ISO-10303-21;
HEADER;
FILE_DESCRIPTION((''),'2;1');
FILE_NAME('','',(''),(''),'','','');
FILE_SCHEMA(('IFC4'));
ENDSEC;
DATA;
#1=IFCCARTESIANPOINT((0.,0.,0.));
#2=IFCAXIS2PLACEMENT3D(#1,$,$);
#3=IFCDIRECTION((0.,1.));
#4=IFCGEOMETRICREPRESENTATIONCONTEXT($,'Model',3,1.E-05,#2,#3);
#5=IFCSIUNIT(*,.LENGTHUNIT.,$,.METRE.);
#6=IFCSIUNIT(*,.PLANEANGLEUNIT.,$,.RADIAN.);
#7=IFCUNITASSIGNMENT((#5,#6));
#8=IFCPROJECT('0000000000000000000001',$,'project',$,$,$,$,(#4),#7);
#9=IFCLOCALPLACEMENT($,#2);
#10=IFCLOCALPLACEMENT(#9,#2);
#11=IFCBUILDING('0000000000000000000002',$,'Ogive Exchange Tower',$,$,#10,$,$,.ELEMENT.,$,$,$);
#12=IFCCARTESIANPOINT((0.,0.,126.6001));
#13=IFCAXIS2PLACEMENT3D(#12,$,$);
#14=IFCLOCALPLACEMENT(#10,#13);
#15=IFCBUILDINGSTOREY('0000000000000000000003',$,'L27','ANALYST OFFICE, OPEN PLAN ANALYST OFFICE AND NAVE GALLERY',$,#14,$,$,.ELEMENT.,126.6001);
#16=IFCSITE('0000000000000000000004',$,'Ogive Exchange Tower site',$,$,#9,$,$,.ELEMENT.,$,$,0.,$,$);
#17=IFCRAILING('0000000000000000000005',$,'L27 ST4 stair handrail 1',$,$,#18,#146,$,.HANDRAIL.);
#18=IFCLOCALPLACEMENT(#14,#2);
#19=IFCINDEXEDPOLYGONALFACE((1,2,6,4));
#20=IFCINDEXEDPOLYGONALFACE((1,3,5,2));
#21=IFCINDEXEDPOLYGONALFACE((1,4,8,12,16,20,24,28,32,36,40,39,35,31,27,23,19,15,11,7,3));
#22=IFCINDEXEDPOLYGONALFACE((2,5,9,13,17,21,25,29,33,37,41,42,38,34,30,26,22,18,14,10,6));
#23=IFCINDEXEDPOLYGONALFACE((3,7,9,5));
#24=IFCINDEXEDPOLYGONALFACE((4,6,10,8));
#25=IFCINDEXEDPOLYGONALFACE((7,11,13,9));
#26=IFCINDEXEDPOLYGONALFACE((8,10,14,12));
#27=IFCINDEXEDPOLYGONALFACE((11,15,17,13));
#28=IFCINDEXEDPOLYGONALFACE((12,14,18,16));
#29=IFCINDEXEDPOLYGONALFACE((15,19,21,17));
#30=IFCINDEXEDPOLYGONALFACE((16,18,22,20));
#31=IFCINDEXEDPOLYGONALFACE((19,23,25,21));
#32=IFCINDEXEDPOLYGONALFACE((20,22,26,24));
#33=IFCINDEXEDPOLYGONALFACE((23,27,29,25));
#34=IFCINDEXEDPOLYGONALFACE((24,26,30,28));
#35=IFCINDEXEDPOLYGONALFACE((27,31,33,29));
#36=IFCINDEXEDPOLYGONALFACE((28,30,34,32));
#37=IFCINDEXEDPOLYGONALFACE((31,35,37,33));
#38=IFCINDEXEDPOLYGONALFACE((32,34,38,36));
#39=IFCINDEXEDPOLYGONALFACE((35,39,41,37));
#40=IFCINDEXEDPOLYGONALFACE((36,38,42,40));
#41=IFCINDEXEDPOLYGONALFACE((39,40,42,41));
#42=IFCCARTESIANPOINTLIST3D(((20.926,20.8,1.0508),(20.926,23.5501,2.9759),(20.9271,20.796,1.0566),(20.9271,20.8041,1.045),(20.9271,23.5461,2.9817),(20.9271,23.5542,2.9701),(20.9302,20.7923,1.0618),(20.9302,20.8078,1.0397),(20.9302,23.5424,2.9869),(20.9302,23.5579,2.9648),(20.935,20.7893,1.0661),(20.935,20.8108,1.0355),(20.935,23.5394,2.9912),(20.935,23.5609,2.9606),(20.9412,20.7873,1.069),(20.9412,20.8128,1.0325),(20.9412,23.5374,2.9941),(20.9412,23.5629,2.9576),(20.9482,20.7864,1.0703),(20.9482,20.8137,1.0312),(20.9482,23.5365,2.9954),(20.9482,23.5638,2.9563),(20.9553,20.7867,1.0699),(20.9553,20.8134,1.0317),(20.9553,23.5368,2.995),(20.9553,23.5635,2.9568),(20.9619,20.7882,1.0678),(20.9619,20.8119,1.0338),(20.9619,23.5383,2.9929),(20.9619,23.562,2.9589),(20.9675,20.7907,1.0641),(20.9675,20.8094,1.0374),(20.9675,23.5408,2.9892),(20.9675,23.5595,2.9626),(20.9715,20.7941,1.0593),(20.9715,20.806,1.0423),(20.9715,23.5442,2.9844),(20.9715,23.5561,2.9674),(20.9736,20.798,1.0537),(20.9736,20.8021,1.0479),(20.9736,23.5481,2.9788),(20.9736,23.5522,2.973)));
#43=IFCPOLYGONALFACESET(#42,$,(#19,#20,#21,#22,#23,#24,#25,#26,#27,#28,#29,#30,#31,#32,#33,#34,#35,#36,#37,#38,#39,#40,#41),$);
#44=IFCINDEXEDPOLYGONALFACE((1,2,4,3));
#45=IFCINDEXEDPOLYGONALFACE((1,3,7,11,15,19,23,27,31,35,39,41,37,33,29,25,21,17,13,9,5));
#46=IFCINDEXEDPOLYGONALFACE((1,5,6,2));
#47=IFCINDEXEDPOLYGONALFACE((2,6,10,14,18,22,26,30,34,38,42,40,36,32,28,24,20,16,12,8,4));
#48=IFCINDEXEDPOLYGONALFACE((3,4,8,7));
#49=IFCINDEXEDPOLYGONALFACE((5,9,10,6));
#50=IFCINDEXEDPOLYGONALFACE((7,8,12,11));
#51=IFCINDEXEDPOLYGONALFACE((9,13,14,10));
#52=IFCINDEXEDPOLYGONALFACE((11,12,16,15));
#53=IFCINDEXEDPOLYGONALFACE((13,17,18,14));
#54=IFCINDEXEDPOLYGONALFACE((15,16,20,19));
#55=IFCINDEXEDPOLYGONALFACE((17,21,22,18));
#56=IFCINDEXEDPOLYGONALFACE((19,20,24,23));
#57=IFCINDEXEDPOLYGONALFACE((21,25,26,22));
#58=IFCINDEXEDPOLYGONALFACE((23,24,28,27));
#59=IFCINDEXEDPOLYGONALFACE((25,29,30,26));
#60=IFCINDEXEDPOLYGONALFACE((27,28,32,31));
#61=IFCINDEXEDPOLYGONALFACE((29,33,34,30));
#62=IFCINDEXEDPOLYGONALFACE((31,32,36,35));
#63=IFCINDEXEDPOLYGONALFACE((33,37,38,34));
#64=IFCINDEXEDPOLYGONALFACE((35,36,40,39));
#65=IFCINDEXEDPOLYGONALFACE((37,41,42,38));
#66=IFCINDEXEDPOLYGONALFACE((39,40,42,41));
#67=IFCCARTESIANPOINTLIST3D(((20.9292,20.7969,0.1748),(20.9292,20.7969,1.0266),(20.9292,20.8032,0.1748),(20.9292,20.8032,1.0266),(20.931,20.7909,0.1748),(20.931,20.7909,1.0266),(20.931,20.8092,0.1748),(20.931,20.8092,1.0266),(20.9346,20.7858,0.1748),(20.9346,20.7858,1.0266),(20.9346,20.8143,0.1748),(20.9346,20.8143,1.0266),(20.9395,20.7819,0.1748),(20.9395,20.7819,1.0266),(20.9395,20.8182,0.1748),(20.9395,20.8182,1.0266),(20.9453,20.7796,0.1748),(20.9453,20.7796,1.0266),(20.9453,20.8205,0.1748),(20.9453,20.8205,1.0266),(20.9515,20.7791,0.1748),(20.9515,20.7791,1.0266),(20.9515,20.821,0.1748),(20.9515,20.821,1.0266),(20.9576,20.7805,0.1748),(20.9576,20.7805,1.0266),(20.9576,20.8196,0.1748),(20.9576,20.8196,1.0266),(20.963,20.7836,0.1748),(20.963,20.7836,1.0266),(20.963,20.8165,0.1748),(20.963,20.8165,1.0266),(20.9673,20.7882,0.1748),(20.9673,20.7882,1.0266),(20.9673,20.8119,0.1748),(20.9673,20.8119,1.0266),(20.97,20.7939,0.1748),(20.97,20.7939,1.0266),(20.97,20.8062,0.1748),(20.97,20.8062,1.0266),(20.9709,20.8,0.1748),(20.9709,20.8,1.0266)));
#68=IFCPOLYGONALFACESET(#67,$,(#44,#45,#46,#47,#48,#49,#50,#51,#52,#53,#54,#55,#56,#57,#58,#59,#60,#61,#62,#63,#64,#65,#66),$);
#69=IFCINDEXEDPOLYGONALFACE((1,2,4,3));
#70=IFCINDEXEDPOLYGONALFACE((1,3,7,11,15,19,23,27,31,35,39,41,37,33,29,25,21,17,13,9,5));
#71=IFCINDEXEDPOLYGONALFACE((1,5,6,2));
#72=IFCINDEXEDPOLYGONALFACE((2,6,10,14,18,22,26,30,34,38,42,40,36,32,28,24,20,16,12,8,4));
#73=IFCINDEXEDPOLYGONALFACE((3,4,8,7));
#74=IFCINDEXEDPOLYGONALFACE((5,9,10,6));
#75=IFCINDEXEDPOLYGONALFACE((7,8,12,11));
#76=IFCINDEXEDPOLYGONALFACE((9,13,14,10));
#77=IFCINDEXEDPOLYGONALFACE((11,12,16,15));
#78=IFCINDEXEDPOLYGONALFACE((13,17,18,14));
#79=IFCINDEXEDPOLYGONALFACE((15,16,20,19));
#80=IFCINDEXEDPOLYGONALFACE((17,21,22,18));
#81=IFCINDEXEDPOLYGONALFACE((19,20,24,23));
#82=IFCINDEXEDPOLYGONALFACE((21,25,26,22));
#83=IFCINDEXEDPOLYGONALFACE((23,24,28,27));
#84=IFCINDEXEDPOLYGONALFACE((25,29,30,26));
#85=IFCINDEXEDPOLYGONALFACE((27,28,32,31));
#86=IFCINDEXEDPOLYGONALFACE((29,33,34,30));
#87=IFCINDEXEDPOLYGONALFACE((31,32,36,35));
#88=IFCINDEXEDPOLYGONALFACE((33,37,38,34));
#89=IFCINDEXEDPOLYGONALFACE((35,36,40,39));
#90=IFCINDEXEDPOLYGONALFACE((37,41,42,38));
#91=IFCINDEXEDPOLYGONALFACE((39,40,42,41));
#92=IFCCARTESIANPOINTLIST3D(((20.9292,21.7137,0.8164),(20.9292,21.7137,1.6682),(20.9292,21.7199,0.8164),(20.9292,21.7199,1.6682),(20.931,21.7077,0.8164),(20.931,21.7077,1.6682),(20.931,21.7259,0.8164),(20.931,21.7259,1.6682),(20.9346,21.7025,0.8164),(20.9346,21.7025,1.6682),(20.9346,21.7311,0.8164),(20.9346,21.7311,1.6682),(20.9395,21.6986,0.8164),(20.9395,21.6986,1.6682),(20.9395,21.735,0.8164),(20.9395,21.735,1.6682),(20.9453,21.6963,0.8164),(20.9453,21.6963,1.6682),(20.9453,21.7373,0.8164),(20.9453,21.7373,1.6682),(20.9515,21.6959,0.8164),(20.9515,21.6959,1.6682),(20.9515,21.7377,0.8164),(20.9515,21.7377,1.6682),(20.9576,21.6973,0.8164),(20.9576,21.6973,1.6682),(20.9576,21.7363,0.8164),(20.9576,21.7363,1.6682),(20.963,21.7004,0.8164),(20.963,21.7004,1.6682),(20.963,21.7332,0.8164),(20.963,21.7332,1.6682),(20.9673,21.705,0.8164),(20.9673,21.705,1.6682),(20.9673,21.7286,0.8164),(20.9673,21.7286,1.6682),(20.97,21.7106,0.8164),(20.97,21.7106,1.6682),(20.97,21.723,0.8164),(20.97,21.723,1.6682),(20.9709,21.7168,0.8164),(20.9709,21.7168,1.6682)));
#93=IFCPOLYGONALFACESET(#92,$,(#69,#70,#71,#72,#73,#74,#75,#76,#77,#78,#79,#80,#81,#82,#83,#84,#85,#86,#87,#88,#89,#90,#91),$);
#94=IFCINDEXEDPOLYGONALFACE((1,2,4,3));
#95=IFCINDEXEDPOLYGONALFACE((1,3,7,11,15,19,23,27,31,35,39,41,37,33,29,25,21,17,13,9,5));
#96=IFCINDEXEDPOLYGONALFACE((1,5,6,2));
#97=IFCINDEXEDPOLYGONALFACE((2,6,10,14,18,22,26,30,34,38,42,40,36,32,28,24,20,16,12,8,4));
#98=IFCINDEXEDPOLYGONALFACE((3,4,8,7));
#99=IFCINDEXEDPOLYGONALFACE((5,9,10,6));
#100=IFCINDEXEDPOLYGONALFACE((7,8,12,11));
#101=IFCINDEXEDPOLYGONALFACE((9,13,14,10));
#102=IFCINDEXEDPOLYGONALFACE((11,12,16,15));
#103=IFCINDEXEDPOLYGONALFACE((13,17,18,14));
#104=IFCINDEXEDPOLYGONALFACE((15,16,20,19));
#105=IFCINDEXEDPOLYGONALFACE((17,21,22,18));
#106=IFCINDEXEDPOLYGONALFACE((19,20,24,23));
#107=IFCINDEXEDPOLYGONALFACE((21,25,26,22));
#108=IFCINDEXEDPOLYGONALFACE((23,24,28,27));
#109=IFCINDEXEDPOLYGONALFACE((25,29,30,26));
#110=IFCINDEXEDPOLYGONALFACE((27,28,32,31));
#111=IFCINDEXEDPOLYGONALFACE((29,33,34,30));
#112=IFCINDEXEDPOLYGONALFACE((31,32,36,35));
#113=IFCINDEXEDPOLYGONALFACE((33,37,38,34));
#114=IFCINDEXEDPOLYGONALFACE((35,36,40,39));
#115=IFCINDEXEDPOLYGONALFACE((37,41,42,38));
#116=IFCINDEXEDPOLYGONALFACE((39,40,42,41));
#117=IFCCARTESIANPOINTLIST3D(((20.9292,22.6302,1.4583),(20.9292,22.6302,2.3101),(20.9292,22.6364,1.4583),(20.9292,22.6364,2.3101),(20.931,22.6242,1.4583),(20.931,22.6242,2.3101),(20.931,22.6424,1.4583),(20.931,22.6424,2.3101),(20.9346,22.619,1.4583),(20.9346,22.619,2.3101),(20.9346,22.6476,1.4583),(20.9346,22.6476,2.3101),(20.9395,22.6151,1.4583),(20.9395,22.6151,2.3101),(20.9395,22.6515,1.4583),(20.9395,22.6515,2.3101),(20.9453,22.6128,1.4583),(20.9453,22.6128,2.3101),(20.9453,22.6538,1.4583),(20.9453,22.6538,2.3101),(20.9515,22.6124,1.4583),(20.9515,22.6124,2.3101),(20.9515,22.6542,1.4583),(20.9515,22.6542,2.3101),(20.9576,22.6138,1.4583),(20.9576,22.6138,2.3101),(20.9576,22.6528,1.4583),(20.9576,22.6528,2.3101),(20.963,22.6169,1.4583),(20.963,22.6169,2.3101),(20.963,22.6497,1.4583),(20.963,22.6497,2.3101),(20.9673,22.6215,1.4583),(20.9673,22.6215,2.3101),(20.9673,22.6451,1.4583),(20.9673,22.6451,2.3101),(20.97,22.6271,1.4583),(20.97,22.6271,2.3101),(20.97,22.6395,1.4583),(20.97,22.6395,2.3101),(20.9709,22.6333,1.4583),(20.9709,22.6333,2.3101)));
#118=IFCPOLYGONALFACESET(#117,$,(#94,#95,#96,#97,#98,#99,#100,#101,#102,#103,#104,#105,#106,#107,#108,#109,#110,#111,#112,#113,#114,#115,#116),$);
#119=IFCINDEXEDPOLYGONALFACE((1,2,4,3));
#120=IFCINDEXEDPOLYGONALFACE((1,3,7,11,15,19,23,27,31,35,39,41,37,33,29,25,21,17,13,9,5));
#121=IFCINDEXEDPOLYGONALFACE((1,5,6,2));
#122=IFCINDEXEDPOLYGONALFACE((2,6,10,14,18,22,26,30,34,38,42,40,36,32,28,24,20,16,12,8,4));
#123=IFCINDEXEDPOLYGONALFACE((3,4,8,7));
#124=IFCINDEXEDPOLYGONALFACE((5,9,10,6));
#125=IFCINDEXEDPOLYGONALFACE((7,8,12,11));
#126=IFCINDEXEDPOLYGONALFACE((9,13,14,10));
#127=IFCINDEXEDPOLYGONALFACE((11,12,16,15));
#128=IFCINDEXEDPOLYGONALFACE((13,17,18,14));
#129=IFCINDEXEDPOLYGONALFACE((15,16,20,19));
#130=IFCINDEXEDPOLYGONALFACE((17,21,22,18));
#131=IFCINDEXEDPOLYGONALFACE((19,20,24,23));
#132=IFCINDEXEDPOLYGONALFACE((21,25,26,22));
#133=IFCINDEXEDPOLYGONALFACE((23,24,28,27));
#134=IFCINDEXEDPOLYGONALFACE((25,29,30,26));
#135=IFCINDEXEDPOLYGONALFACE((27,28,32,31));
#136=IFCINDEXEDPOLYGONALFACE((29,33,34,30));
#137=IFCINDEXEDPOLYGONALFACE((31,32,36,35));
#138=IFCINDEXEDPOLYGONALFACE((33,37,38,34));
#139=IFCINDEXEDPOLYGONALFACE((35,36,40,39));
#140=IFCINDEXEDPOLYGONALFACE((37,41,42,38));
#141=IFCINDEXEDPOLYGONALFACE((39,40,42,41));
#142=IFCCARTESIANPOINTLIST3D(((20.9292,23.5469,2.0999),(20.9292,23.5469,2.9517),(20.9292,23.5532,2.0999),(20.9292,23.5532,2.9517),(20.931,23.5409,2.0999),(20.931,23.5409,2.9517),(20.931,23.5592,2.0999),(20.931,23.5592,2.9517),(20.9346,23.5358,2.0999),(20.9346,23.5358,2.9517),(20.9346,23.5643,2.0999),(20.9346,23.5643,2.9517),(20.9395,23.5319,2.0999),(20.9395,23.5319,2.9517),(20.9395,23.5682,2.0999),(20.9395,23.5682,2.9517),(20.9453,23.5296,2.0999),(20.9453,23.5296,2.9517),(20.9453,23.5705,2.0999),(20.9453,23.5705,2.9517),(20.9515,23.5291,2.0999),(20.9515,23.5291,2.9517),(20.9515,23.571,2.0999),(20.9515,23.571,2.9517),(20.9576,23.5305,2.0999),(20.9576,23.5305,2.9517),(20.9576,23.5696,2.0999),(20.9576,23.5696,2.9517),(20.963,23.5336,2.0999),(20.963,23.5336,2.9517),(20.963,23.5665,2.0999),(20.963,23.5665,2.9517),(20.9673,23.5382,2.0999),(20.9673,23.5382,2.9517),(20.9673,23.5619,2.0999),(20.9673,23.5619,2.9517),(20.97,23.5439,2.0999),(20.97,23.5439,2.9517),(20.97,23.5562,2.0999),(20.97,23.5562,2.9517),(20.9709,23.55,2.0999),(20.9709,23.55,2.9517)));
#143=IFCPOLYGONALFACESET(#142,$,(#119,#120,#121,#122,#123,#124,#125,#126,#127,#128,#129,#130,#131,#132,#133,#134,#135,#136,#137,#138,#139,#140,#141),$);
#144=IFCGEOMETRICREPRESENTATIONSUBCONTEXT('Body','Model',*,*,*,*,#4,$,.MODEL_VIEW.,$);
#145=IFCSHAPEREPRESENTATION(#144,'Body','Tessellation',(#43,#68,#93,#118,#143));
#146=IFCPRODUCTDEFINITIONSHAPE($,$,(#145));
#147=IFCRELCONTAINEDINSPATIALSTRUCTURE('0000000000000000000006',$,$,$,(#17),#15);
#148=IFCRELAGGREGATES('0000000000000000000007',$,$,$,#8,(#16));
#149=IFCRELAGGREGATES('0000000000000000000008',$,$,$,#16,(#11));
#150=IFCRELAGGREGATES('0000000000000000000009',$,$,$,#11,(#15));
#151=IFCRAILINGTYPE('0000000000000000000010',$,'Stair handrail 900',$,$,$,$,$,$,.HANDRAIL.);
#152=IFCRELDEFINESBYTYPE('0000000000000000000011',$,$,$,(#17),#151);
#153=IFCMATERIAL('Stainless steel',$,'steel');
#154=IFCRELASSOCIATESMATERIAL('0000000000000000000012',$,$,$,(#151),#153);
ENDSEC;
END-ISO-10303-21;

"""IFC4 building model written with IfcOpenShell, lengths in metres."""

from ifc_helpers import new_model, si_unit, direction, frame, origin, origin_2d, place, context, subcontext, project, spatial, circle, extrude, material, type_object, element, save


model = new_model("IFC4")

# Units and contexts
model_context = context("Model", 3, precision=1e-05, world=origin(), true_north=direction((0.0, 1.0)))
body_context = subcontext(model_context, "Body", "Model", "MODEL_VIEW")
ifc_project = project(units=[si_unit("LENGTHUNIT", "METRE"), si_unit("PLANEANGLEUNIT", "RADIAN")], contexts=[model_context])

# Site, building, storey
site_placement = place(None, origin())
site = spatial("IfcSite", under=ifc_project, at=site_placement, Name="Ogive Exchange Tower site", CompositionType="ELEMENT", RefElevation=0.0)
building_placement = place(site_placement, origin())
building = spatial("IfcBuilding", under=site, at=building_placement, Name="Ogive Exchange Tower", CompositionType="ELEMENT")
storey_placement = place(building_placement, frame((0.0, 0.0, 126.6001)))
storey = spatial("IfcBuildingStorey", under=building, at=storey_placement, Name="L27", Description="ANALYST OFFICE, OPEN PLAN ANALYST OFFICE AND NAVE GALLERY", CompositionType="ELEMENT", Elevation=126.6001)

# Railing
ifc_material_1 = material(Name="Stainless steel", Category="steel")
railing_type = type_object("IfcRailingType", Name="Stair handrail 900", PredefinedType="HANDRAIL", material=ifc_material_1)
railing_placement = place(storey_placement, frame((20.95, 20.8, 0.1748)))
element("IfcRailing", 1, at=railing_placement, inside=storey, type_object=railing_type, Name="L27 ST4 stair handrail 1", PredefinedType="HANDRAIL", context=body_context, shape_type="SweptSolid", body=[
    extrude(circle(Radius=0.0239, at=origin_2d()), frame((0.0, 0.0, 0.876), z_axis=(0.0, 0.819225, 0.573472), x_axis=(-1.0, 0.0, 0.0)), (0.0, 0.0, 1.0), 3.3569),
    extrude(circle(Radius=0.021, at=origin_2d()), origin(), (0.0, 0.0, 1.0), 0.8518),
    extrude(circle(Radius=0.021, at=origin_2d()), frame((0.0, 0.9167, 0.6416)), (0.0, 0.0, 1.0), 0.8518),
    extrude(circle(Radius=0.021, at=origin_2d()), frame((0.0, 1.8333, 1.2834)), (0.0, 0.0, 1.0), 0.8518),
    extrude(circle(Radius=0.021, at=origin_2d()), frame((0.0, 2.75, 1.925)), (0.0, 0.0, 1.0), 0.8518),
])

save(model, "model.ifc")
